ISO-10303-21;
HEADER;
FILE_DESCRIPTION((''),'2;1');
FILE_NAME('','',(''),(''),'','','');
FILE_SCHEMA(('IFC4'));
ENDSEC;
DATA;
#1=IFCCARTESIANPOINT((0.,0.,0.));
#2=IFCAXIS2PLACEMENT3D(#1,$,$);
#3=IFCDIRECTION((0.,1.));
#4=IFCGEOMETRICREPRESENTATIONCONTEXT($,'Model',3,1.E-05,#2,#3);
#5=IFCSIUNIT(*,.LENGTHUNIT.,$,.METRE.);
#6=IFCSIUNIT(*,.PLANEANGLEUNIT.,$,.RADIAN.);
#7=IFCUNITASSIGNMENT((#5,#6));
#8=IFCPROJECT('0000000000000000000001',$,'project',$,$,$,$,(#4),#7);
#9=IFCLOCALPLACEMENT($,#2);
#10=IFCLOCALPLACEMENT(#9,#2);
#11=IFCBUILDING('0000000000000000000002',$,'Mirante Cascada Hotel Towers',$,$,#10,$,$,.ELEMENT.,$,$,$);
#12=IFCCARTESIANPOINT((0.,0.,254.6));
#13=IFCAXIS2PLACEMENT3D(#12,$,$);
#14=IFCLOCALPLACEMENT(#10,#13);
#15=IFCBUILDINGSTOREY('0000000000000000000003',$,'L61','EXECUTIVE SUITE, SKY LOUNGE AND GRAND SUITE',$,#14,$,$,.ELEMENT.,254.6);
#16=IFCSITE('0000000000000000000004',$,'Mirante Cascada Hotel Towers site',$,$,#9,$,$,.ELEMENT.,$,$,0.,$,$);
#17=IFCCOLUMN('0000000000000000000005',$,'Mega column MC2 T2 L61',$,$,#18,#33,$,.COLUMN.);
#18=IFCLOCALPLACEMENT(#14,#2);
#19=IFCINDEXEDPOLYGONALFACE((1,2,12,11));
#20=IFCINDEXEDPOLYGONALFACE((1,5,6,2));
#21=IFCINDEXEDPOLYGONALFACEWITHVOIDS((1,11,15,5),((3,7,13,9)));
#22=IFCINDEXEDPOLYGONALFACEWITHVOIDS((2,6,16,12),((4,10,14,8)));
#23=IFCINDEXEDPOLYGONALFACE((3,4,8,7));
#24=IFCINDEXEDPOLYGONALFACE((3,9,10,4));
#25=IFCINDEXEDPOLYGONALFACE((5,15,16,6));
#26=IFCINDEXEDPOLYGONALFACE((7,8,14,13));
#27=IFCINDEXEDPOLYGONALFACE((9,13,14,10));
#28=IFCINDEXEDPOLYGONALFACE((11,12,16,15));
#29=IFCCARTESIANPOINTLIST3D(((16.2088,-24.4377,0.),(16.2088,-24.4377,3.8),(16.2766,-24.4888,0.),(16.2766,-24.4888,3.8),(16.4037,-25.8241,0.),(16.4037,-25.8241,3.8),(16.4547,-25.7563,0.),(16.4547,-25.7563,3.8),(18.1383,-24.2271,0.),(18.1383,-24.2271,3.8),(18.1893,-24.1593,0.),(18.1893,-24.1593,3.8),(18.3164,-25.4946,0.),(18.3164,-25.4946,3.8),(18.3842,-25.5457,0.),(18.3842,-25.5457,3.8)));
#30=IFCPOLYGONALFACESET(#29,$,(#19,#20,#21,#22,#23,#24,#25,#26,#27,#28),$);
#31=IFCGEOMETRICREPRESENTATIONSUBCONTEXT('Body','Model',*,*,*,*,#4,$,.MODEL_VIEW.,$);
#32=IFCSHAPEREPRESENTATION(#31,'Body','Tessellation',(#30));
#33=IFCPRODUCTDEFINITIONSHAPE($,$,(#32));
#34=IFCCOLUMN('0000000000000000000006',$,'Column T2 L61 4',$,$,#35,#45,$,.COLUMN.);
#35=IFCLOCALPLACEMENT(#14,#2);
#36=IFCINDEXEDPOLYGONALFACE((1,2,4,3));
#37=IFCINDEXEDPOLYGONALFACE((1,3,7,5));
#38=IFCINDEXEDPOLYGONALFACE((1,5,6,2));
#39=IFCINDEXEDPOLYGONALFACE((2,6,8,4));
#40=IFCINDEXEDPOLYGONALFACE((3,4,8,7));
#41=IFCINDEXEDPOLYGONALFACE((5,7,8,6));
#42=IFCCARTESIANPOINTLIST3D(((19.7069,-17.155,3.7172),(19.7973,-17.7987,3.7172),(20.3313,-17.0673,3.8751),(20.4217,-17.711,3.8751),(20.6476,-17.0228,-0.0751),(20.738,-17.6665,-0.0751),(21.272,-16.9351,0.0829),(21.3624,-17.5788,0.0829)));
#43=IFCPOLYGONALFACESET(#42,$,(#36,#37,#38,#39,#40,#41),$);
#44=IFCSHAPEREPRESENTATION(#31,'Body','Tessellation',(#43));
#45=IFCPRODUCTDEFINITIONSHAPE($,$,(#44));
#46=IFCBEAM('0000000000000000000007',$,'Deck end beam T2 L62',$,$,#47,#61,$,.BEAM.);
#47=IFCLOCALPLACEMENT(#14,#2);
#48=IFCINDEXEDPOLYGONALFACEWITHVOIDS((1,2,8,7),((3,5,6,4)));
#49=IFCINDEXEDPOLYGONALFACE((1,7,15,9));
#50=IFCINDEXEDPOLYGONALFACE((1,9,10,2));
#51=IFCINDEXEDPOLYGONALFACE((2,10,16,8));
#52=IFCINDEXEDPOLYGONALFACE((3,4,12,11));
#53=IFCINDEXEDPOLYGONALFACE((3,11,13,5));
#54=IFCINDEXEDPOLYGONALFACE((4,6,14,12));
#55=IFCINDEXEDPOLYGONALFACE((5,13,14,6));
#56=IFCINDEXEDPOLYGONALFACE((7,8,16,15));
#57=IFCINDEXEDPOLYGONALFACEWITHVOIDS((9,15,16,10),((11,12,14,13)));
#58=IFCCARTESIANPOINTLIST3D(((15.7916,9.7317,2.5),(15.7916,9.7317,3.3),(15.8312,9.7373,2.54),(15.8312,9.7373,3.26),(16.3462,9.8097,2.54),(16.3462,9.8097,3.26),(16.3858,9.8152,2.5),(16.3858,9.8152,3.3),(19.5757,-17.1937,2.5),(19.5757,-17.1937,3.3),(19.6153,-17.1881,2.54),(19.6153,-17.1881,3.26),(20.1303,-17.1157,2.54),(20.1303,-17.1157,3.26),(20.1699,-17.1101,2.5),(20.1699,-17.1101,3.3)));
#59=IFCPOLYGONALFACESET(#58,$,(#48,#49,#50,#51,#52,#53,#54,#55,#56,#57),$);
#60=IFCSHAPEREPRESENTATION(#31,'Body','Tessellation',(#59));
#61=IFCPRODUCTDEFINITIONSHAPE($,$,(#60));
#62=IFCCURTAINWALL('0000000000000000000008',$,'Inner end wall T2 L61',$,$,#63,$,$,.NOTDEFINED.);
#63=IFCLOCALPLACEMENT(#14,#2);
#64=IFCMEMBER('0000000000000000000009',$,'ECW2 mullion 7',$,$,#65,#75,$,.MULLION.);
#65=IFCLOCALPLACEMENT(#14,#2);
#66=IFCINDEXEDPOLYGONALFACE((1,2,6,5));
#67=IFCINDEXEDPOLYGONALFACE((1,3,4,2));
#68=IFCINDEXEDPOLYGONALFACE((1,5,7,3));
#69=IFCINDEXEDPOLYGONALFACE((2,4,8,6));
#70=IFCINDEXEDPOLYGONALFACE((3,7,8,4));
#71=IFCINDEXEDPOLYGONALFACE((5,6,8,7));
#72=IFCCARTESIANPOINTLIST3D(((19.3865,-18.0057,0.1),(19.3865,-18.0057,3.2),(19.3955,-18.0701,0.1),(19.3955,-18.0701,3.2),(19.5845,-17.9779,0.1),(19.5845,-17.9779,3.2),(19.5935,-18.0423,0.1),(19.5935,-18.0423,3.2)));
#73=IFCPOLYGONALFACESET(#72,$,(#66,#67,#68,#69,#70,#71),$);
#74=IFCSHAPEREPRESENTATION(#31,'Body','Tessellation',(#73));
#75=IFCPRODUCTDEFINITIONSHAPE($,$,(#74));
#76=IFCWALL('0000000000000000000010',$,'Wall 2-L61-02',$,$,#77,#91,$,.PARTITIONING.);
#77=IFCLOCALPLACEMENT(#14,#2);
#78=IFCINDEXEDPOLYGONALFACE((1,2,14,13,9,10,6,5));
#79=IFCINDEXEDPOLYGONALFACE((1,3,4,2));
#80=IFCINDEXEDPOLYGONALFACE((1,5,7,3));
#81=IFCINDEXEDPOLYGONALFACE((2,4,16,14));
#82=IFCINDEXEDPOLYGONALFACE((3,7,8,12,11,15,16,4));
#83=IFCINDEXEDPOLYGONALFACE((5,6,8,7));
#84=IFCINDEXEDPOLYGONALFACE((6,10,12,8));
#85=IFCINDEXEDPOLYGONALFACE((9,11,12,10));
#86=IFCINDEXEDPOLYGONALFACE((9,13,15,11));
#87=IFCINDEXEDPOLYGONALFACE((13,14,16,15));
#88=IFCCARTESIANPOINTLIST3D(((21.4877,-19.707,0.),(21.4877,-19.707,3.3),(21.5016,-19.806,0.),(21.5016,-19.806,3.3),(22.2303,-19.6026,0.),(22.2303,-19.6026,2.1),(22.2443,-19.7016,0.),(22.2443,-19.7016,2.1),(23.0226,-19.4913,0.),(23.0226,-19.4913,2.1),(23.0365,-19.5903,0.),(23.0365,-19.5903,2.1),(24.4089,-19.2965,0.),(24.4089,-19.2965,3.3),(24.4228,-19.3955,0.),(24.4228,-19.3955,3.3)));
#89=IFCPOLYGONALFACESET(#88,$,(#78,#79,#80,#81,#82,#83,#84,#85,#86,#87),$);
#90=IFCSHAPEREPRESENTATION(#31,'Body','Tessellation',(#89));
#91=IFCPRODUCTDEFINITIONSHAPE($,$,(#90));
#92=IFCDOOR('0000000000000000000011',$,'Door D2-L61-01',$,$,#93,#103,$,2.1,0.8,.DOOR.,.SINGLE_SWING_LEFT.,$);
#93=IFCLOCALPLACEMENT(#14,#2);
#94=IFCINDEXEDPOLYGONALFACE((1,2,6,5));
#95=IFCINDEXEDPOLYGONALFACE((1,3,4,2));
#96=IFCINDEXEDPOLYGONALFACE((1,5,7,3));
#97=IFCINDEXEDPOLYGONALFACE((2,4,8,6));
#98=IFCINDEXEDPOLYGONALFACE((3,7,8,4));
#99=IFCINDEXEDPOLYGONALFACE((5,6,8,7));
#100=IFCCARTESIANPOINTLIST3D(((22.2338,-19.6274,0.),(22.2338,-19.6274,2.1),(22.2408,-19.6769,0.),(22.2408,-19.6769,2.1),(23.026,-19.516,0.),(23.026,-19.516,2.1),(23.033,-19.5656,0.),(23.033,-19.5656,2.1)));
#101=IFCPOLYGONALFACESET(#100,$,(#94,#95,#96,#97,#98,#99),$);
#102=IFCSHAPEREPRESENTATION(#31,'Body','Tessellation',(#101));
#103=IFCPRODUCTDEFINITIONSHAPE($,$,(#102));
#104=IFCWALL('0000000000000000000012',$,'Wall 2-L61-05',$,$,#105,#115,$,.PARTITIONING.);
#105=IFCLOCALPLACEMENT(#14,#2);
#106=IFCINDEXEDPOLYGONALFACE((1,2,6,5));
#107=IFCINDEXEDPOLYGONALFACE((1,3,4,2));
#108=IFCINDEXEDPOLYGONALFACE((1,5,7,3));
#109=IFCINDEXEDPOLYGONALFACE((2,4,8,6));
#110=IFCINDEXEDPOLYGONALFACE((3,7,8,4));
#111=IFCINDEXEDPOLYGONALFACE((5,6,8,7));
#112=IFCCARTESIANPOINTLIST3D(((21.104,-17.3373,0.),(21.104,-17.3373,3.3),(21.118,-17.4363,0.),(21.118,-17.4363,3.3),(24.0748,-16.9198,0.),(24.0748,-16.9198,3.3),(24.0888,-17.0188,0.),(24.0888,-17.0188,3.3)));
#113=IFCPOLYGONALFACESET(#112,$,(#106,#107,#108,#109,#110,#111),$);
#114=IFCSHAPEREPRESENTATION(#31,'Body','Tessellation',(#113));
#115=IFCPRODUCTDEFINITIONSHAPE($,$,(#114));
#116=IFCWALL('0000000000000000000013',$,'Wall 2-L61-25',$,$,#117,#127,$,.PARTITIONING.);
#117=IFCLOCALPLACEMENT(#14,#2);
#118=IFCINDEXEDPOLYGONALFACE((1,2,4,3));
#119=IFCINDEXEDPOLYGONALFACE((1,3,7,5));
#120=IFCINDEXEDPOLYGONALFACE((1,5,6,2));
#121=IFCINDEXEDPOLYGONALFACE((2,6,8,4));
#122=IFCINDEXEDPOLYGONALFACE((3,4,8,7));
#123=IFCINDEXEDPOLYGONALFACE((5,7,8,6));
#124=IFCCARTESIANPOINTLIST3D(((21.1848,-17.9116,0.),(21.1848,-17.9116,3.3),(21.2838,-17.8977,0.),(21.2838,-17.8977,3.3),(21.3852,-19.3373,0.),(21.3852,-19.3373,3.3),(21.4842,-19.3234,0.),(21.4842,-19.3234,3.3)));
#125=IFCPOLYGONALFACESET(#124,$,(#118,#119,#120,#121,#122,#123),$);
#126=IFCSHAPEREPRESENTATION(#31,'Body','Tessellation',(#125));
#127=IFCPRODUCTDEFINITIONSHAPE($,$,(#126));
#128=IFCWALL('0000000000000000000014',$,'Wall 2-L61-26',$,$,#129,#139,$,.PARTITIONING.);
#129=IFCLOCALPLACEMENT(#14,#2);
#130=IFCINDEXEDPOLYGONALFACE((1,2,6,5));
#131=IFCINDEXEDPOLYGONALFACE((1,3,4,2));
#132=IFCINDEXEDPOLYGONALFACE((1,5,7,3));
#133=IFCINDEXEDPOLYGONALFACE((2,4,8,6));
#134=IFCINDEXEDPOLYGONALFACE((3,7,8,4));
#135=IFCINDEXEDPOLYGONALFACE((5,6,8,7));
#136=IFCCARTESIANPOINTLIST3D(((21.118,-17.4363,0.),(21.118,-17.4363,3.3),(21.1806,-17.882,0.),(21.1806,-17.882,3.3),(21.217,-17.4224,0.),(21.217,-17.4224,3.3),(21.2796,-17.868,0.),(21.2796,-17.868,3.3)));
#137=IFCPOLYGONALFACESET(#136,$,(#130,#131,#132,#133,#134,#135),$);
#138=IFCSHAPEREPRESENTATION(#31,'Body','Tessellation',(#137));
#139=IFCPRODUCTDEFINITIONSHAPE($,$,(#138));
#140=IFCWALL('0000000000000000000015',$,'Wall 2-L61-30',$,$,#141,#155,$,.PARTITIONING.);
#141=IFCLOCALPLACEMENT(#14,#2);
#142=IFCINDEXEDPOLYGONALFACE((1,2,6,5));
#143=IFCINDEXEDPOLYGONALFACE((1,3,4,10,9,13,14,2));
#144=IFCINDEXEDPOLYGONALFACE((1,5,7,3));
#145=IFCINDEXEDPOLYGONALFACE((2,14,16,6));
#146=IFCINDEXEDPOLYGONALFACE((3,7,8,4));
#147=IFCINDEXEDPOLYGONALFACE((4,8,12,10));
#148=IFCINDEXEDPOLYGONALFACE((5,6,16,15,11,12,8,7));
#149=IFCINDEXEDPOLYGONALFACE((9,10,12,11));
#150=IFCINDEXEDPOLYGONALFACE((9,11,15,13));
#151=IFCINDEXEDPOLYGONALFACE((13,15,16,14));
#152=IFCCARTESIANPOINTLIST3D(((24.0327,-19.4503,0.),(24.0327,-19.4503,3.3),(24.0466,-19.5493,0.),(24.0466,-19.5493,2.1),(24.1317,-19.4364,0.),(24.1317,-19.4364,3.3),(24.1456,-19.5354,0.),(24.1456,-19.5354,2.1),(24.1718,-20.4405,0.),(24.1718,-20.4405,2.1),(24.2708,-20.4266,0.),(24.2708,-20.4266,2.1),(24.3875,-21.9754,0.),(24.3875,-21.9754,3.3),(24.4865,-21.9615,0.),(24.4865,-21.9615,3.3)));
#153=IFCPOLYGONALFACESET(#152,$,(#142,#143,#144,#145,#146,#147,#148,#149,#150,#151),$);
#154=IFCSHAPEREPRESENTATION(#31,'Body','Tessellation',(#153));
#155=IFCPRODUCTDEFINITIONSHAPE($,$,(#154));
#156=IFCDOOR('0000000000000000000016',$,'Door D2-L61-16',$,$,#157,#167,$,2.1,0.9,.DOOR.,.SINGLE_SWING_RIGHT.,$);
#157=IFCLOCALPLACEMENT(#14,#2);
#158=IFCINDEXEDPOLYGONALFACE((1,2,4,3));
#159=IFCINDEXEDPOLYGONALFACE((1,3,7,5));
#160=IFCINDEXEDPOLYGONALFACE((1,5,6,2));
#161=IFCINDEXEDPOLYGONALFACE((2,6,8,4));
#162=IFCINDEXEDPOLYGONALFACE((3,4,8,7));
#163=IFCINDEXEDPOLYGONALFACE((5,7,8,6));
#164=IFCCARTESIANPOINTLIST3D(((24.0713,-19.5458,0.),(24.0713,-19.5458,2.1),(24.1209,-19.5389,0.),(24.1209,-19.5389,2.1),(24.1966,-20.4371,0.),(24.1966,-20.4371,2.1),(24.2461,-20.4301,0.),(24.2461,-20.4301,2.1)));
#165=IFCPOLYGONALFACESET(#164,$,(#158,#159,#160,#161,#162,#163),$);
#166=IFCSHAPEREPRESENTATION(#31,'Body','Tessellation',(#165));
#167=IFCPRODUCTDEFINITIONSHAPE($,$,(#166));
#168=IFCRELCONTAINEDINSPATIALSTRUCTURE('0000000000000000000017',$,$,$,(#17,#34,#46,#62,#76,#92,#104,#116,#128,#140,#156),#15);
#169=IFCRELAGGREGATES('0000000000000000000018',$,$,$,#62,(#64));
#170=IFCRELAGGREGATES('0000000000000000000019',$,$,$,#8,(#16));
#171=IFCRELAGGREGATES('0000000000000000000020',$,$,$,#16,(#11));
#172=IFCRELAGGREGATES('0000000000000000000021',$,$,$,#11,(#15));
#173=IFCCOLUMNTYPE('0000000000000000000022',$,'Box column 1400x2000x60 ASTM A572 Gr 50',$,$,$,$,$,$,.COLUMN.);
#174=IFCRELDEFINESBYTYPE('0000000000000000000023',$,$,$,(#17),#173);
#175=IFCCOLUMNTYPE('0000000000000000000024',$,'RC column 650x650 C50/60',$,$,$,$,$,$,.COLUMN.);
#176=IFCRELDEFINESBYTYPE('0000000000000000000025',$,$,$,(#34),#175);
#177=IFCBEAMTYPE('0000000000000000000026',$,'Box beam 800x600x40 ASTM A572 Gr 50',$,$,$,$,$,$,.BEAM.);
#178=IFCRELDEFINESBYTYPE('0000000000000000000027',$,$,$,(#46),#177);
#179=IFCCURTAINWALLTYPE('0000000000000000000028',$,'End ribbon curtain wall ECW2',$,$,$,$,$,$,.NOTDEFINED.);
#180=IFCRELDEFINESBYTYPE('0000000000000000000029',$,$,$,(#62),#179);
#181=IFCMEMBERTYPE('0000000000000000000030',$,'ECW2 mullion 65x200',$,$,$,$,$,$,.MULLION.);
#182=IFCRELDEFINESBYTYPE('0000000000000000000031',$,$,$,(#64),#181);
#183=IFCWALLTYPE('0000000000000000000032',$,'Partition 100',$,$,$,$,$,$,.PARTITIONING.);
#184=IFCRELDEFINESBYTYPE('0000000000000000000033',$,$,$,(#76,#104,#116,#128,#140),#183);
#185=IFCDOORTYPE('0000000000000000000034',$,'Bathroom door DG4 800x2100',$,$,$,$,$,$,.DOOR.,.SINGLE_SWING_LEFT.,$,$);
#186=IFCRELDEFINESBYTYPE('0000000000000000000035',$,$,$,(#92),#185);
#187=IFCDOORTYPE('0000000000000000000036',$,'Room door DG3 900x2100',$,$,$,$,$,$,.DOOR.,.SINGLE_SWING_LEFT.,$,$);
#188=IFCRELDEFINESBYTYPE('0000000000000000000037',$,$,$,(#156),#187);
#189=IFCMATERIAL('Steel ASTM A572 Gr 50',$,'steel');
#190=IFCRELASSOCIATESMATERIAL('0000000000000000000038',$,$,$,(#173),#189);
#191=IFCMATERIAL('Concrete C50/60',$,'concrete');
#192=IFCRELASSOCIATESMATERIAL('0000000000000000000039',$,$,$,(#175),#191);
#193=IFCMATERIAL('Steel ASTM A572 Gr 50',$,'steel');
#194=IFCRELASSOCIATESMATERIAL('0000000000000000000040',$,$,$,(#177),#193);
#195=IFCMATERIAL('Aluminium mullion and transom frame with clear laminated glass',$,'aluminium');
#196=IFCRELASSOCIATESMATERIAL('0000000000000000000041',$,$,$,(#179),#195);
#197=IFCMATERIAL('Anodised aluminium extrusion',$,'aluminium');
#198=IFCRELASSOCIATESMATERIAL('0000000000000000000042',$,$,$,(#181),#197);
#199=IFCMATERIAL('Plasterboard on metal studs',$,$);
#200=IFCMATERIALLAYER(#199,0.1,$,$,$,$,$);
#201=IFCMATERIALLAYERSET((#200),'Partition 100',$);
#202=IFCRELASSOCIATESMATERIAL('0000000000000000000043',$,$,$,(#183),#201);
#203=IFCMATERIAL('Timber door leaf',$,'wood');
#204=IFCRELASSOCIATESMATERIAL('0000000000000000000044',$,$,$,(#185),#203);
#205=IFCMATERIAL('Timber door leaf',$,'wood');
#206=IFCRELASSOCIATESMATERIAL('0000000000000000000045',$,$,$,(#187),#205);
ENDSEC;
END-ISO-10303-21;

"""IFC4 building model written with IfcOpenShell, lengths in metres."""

from ifc_helpers import new_model, si_unit, direction, frame, frame_2d, origin, origin_2d, place, context, subcontext, project, spatial, rectangle, hollow_rectangle, extrude, material, layer, layer_set, material_profile, profile_set, type_object, element, fill, aggregate, save


model = new_model("IFC4")

# Units and contexts
model_context = context("Model", 3, precision=1e-05, world=origin(), true_north=direction((0.0, 1.0)))
body_context = subcontext(model_context, "Body", "Model", "MODEL_VIEW")
ifc_project = project(units=[si_unit("LENGTHUNIT", "METRE"), si_unit("PLANEANGLEUNIT", "RADIAN")], contexts=[model_context])

# Site, building, storey
site_placement = place(None, origin())
site = spatial("IfcSite", under=ifc_project, at=site_placement, Name="Mirante Cascada Hotel Towers site", CompositionType="ELEMENT", RefElevation=0.0)
building_placement = place(site_placement, origin())
building = spatial("IfcBuilding", under=site, at=building_placement, Name="Mirante Cascada Hotel Towers", CompositionType="ELEMENT")
storey_placement = place(building_placement, frame((0.0, 0.0, 254.6)))
storey = spatial("IfcBuildingStorey", under=building, at=storey_placement, Name="L61", Description="EXECUTIVE SUITE, SKY LOUNGE AND GRAND SUITE", CompositionType="ELEMENT", Elevation=254.6)

# Columns
ifc_material_1 = material(Name="Steel ASTM A572 Gr 50", Category="steel")
ifc_material_profile_1 = material_profile(ifc_material_1, hollow_rectangle(XDim=2.0, YDim=1.4, WallThickness=0.06, at=origin_2d()), Name="Box column 1400x2000x60 ASTM A572 Gr 50")
ifc_profile_set_1 = profile_set([ifc_material_profile_1], Name="Steel ASTM A572 Gr 50")
column_type_1 = type_object("IfcColumnType", Name="Box column 1400x2000x60 ASTM A572 Gr 50", PredefinedType="COLUMN", material=ifc_profile_set_1)
column_1_placement = place(storey_placement, frame((17.2965, -24.9917, 0.0), z_axis=(0.0, 0.0, 1.0), x_axis=(0.990268, 0.139173, 0.0)))
element("IfcColumn", 1, at=column_1_placement, inside=storey, type_object=column_type_1, Name="Mega column MC2 T2 L61", PredefinedType="COLUMN", context=body_context, shape_type="SweptSolid", body=[
    extrude(hollow_rectangle(XDim=2.0, YDim=1.4, WallThickness=0.06, at=origin_2d()), origin(), (0.0, 0.0, 1.0), 3.8),
])
ifc_material_2 = material(Name="Concrete C50/60", Category="concrete")
ifc_material_profile_2 = material_profile(ifc_material_2, rectangle(XDim=0.65, YDim=0.65, at=origin_2d()), Name="RC column 650x650 C50/60")
ifc_profile_set_2 = profile_set([ifc_material_profile_2], Name="Concrete C50/60")
column_type_2 = type_object("IfcColumnType", Name="RC column 650x650 C50/60", PredefinedType="COLUMN", material=ifc_profile_set_2)
column_2_placement = place(storey_placement, frame((21.005, -17.3008, 0.0039), z_axis=(-0.240627, -0.033816, 0.970028), x_axis=(0.139166, -0.990269, 0.0)))
element("IfcColumn", 2, at=column_2_placement, inside=storey, type_object=column_type_2, Name="Column T2 L61 4", PredefinedType="COLUMN", context=body_context, shape_type="SweptSolid", body=[
    extrude(rectangle(XDim=0.65, YDim=0.65, at=origin_2d()), origin(), (0.0, 0.0, 1.0), 3.9094),
])

# Beam
ifc_material_3 = material(Name="Steel ASTM A572 Gr 50", Category="steel")
ifc_material_profile_3 = material_profile(ifc_material_3, hollow_rectangle(XDim=0.6, YDim=0.8, WallThickness=0.04, at=origin_2d()), Name="Box beam 800x600x40 ASTM A572 Gr 50")
ifc_profile_set_3 = profile_set([ifc_material_profile_3], Name="Steel ASTM A572 Gr 50")
beam_type = type_object("IfcBeamType", Name="Box beam 800x600x40 ASTM A572 Gr 50", PredefinedType="BEAM", material=ifc_profile_set_3)
beam_placement = place(storey_placement, frame((19.8728, -17.1519, 2.9), z_axis=(-0.139172, 0.990268, 0.0), x_axis=(-0.990268, -0.139172, 0.0)))
element("IfcBeam", 3, at=beam_placement, inside=storey, type_object=beam_type, Name="Deck end beam T2 L62", PredefinedType="BEAM", context=body_context, shape_type="SweptSolid", body=[
    extrude(hollow_rectangle(XDim=0.6, YDim=0.8, WallThickness=0.04, at=origin_2d()), origin(), (0.0, 0.0, 1.0), 27.19),
])

# Curtain wall, member
ifc_material_4 = material(Name="Aluminium mullion and transom frame with clear laminated glass", Category="aluminium")
curtain_wall_type = type_object("IfcCurtainWallType", Name="End ribbon curtain wall ECW2", PredefinedType="NOTDEFINED", material=ifc_material_4)
curtain_wall_placement = place(storey_placement, origin())
curtain_wall = element("IfcCurtainWall", 4, at=curtain_wall_placement, inside=storey, type_object=curtain_wall_type, Name="Inner end wall T2 L61", PredefinedType="NOTDEFINED")
ifc_material_5 = material(Name="Anodised aluminium extrusion", Category="aluminium")
ifc_material_profile_4 = material_profile(ifc_material_5, rectangle(XDim=0.2, YDim=0.065, at=origin_2d()), Name="ECW2 MULLION 65x200")
ifc_profile_set_4 = profile_set([ifc_material_profile_4], Name="Anodised aluminium extrusion")
member_type = type_object("IfcMemberType", Name="ECW2 mullion 65x200", PredefinedType="MULLION", material=ifc_profile_set_4)
member_placement = place(storey_placement, frame((19.49, -18.024, 0.1), z_axis=(0.0, 0.0, 1.0), x_axis=(0.990268, 0.139173, 0.0)))
member = element("IfcMember", 5, at=member_placement, type_object=member_type, Name="ECW2 mullion 7", PredefinedType="MULLION", context=body_context, shape_type="SweptSolid", body=[
    extrude(rectangle(XDim=0.2, YDim=0.065, at=origin_2d()), origin(), (0.0, 0.0, 1.0), 3.1),
])
aggregate(curtain_wall, [member])

# Wall, opening, door
ifc_material_6 = material(Name="Plasterboard on metal studs")
ifc_layer_1 = layer(ifc_material_6, 0.1)
ifc_layer_set_1 = layer_set([ifc_layer_1], Name="Partition 100")
wall_type_1 = type_object("IfcWallType", Name="Partition 100", PredefinedType="PARTITIONING", material=ifc_layer_set_1)
wall_1_placement = place(storey_placement, frame((21.4946, -19.7565, 0.0), z_axis=(0.0, 0.0, 1.0), x_axis=(0.99027, 0.139157, 0.0)))
wall_1 = element("IfcWall", 6, at=wall_1_placement, inside=storey, type_object=wall_type_1, Name="Wall 2-L61-02", PredefinedType="PARTITIONING", context=body_context, shape_type="SweptSolid", body=[
    extrude(rectangle(XDim=2.9499, YDim=0.1, at=frame_2d((1.475, 0.0))), origin(), (0.0, 0.0, 1.0), 3.3),
])
opening_1_placement = place(wall_1_placement, frame((0.75, 0.0, 0.0)))
opening_1 = element("IfcOpeningElement", 7, at=opening_1_placement, cuts=wall_1, PredefinedType="OPENING", context=body_context, shape_type="SweptSolid", body=[
    extrude(rectangle(XDim=0.8, YDim=2.1, at=frame_2d((0.4, 1.05))), frame((0.0, 0.05, 0.0), z_axis=(0.0, -1.0, 0.0), x_axis=(1.0, 0.0, 0.0)), (0.0, 0.0, 1.0), 0.1),
])
ifc_material_7 = material(Name="Timber door leaf", Category="wood")
door_type_1 = type_object("IfcDoorType", Name="Bathroom door DG4 800x2100", OperationType="SINGLE_SWING_LEFT", PredefinedType="DOOR", material=ifc_material_7)
door_1_placement = place(opening_1_placement, origin())
door_1 = element("IfcDoor", 8, at=door_1_placement, inside=storey, type_object=door_type_1, Name="Door D2-L61-01", OperationType="SINGLE_SWING_LEFT", OverallHeight=2.1, OverallWidth=0.8, PredefinedType="DOOR", context=body_context, shape_type="SweptSolid", body=[
    extrude(rectangle(XDim=0.8, YDim=2.1, at=frame_2d((0.4, 1.05))), frame((0.0, 0.025, 0.0), z_axis=(0.0, -1.0, 0.0), x_axis=(1.0, 0.0, 0.0)), (0.0, 0.0, 1.0), 0.05),
])
fill(opening_1, door_1)

# Walls
wall_2_placement = place(storey_placement, frame((24.0818, -16.9693, 0.0), z_axis=(0.0, 0.0, 1.0), x_axis=(-0.990269, -0.139167, 0.0)))
element("IfcWall", 9, at=wall_2_placement, inside=storey, type_object=wall_type_1, Name="Wall 2-L61-05", PredefinedType="PARTITIONING", context=body_context, shape_type="SweptSolid", body=[
    extrude(rectangle(XDim=3.0, YDim=0.1, at=frame_2d((1.5, 0.0))), origin(), (0.0, 0.0, 1.0), 3.3),
])
wall_3_placement = place(storey_placement, frame((21.2343, -17.9047, 0.0), z_axis=(0.0, 0.0, 1.0), x_axis=(0.139194, -0.990265, 0.0)))
element("IfcWall", 10, at=wall_3_placement, inside=storey, type_object=wall_type_1, Name="Wall 2-L61-25", PredefinedType="PARTITIONING", context=body_context, shape_type="SweptSolid", body=[
    extrude(rectangle(XDim=1.4397, YDim=0.1, at=frame_2d((0.7198, 0.0))), origin(), (0.0, 0.0, 1.0), 3.3),
])
wall_4_placement = place(storey_placement, frame((21.2301, -17.875, 0.0), z_axis=(0.0, 0.0, 1.0), x_axis=(-0.139119, 0.990276, 0.0)))
element("IfcWall", 11, at=wall_4_placement, inside=storey, type_object=wall_type_1, Name="Wall 2-L61-26", PredefinedType="PARTITIONING", context=body_context, shape_type="SweptSolid", body=[
    extrude(rectangle(XDim=0.45, YDim=0.1, at=frame_2d((0.225, 0.0))), origin(), (0.0, 0.0, 1.0), 3.3),
])

# Wall, opening, door
wall_5_placement = place(storey_placement, frame((24.437, -21.9685, 0.0), z_axis=(0.0, 0.0, 1.0), x_axis=(-0.139143, 0.990272, 0.0)))
wall_5 = element("IfcWall", 12, at=wall_5_placement, inside=storey, type_object=wall_type_1, Name="Wall 2-L61-30", PredefinedType="PARTITIONING", context=body_context, shape_type="SweptSolid", body=[
    extrude(rectangle(XDim=2.5499, YDim=0.1, at=frame_2d((1.275, 0.0))), origin(), (0.0, 0.0, 1.0), 3.3),
])
opening_2_placement = place(wall_5_placement, frame((1.55, 0.0, 0.0)))
opening_2 = element("IfcOpeningElement", 13, at=opening_2_placement, cuts=wall_5, PredefinedType="OPENING", context=body_context, shape_type="SweptSolid", body=[
    extrude(rectangle(XDim=0.9, YDim=2.1, at=frame_2d((0.45, 1.05))), frame((0.0, 0.05, 0.0), z_axis=(0.0, -1.0, 0.0), x_axis=(1.0, 0.0, 0.0)), (0.0, 0.0, 1.0), 0.1),
])
ifc_material_8 = material(Name="Timber door leaf", Category="wood")
door_type_2 = type_object("IfcDoorType", Name="Room door DG3 900x2100", OperationType="SINGLE_SWING_LEFT", PredefinedType="DOOR", material=ifc_material_8)
door_2_placement = place(opening_2_placement, frame((0.9, 0.0, 0.0), z_axis=(0.0, 0.0, 1.0), x_axis=(-1.0, 0.0, 0.0)))
door_2 = element("IfcDoor", 14, at=door_2_placement, inside=storey, type_object=door_type_2, Name="Door D2-L61-16", OperationType="SINGLE_SWING_RIGHT", OverallHeight=2.1, OverallWidth=0.9, PredefinedType="DOOR", context=body_context, shape_type="SweptSolid", body=[
    extrude(rectangle(XDim=0.9, YDim=2.1, at=frame_2d((0.45, 1.05))), frame((0.0, 0.025, 0.0), z_axis=(0.0, -1.0, 0.0), x_axis=(1.0, 0.0, 0.0)), (0.0, 0.0, 1.0), 0.05),
])
fill(opening_2, door_2)

save(model, "model.ifc")
